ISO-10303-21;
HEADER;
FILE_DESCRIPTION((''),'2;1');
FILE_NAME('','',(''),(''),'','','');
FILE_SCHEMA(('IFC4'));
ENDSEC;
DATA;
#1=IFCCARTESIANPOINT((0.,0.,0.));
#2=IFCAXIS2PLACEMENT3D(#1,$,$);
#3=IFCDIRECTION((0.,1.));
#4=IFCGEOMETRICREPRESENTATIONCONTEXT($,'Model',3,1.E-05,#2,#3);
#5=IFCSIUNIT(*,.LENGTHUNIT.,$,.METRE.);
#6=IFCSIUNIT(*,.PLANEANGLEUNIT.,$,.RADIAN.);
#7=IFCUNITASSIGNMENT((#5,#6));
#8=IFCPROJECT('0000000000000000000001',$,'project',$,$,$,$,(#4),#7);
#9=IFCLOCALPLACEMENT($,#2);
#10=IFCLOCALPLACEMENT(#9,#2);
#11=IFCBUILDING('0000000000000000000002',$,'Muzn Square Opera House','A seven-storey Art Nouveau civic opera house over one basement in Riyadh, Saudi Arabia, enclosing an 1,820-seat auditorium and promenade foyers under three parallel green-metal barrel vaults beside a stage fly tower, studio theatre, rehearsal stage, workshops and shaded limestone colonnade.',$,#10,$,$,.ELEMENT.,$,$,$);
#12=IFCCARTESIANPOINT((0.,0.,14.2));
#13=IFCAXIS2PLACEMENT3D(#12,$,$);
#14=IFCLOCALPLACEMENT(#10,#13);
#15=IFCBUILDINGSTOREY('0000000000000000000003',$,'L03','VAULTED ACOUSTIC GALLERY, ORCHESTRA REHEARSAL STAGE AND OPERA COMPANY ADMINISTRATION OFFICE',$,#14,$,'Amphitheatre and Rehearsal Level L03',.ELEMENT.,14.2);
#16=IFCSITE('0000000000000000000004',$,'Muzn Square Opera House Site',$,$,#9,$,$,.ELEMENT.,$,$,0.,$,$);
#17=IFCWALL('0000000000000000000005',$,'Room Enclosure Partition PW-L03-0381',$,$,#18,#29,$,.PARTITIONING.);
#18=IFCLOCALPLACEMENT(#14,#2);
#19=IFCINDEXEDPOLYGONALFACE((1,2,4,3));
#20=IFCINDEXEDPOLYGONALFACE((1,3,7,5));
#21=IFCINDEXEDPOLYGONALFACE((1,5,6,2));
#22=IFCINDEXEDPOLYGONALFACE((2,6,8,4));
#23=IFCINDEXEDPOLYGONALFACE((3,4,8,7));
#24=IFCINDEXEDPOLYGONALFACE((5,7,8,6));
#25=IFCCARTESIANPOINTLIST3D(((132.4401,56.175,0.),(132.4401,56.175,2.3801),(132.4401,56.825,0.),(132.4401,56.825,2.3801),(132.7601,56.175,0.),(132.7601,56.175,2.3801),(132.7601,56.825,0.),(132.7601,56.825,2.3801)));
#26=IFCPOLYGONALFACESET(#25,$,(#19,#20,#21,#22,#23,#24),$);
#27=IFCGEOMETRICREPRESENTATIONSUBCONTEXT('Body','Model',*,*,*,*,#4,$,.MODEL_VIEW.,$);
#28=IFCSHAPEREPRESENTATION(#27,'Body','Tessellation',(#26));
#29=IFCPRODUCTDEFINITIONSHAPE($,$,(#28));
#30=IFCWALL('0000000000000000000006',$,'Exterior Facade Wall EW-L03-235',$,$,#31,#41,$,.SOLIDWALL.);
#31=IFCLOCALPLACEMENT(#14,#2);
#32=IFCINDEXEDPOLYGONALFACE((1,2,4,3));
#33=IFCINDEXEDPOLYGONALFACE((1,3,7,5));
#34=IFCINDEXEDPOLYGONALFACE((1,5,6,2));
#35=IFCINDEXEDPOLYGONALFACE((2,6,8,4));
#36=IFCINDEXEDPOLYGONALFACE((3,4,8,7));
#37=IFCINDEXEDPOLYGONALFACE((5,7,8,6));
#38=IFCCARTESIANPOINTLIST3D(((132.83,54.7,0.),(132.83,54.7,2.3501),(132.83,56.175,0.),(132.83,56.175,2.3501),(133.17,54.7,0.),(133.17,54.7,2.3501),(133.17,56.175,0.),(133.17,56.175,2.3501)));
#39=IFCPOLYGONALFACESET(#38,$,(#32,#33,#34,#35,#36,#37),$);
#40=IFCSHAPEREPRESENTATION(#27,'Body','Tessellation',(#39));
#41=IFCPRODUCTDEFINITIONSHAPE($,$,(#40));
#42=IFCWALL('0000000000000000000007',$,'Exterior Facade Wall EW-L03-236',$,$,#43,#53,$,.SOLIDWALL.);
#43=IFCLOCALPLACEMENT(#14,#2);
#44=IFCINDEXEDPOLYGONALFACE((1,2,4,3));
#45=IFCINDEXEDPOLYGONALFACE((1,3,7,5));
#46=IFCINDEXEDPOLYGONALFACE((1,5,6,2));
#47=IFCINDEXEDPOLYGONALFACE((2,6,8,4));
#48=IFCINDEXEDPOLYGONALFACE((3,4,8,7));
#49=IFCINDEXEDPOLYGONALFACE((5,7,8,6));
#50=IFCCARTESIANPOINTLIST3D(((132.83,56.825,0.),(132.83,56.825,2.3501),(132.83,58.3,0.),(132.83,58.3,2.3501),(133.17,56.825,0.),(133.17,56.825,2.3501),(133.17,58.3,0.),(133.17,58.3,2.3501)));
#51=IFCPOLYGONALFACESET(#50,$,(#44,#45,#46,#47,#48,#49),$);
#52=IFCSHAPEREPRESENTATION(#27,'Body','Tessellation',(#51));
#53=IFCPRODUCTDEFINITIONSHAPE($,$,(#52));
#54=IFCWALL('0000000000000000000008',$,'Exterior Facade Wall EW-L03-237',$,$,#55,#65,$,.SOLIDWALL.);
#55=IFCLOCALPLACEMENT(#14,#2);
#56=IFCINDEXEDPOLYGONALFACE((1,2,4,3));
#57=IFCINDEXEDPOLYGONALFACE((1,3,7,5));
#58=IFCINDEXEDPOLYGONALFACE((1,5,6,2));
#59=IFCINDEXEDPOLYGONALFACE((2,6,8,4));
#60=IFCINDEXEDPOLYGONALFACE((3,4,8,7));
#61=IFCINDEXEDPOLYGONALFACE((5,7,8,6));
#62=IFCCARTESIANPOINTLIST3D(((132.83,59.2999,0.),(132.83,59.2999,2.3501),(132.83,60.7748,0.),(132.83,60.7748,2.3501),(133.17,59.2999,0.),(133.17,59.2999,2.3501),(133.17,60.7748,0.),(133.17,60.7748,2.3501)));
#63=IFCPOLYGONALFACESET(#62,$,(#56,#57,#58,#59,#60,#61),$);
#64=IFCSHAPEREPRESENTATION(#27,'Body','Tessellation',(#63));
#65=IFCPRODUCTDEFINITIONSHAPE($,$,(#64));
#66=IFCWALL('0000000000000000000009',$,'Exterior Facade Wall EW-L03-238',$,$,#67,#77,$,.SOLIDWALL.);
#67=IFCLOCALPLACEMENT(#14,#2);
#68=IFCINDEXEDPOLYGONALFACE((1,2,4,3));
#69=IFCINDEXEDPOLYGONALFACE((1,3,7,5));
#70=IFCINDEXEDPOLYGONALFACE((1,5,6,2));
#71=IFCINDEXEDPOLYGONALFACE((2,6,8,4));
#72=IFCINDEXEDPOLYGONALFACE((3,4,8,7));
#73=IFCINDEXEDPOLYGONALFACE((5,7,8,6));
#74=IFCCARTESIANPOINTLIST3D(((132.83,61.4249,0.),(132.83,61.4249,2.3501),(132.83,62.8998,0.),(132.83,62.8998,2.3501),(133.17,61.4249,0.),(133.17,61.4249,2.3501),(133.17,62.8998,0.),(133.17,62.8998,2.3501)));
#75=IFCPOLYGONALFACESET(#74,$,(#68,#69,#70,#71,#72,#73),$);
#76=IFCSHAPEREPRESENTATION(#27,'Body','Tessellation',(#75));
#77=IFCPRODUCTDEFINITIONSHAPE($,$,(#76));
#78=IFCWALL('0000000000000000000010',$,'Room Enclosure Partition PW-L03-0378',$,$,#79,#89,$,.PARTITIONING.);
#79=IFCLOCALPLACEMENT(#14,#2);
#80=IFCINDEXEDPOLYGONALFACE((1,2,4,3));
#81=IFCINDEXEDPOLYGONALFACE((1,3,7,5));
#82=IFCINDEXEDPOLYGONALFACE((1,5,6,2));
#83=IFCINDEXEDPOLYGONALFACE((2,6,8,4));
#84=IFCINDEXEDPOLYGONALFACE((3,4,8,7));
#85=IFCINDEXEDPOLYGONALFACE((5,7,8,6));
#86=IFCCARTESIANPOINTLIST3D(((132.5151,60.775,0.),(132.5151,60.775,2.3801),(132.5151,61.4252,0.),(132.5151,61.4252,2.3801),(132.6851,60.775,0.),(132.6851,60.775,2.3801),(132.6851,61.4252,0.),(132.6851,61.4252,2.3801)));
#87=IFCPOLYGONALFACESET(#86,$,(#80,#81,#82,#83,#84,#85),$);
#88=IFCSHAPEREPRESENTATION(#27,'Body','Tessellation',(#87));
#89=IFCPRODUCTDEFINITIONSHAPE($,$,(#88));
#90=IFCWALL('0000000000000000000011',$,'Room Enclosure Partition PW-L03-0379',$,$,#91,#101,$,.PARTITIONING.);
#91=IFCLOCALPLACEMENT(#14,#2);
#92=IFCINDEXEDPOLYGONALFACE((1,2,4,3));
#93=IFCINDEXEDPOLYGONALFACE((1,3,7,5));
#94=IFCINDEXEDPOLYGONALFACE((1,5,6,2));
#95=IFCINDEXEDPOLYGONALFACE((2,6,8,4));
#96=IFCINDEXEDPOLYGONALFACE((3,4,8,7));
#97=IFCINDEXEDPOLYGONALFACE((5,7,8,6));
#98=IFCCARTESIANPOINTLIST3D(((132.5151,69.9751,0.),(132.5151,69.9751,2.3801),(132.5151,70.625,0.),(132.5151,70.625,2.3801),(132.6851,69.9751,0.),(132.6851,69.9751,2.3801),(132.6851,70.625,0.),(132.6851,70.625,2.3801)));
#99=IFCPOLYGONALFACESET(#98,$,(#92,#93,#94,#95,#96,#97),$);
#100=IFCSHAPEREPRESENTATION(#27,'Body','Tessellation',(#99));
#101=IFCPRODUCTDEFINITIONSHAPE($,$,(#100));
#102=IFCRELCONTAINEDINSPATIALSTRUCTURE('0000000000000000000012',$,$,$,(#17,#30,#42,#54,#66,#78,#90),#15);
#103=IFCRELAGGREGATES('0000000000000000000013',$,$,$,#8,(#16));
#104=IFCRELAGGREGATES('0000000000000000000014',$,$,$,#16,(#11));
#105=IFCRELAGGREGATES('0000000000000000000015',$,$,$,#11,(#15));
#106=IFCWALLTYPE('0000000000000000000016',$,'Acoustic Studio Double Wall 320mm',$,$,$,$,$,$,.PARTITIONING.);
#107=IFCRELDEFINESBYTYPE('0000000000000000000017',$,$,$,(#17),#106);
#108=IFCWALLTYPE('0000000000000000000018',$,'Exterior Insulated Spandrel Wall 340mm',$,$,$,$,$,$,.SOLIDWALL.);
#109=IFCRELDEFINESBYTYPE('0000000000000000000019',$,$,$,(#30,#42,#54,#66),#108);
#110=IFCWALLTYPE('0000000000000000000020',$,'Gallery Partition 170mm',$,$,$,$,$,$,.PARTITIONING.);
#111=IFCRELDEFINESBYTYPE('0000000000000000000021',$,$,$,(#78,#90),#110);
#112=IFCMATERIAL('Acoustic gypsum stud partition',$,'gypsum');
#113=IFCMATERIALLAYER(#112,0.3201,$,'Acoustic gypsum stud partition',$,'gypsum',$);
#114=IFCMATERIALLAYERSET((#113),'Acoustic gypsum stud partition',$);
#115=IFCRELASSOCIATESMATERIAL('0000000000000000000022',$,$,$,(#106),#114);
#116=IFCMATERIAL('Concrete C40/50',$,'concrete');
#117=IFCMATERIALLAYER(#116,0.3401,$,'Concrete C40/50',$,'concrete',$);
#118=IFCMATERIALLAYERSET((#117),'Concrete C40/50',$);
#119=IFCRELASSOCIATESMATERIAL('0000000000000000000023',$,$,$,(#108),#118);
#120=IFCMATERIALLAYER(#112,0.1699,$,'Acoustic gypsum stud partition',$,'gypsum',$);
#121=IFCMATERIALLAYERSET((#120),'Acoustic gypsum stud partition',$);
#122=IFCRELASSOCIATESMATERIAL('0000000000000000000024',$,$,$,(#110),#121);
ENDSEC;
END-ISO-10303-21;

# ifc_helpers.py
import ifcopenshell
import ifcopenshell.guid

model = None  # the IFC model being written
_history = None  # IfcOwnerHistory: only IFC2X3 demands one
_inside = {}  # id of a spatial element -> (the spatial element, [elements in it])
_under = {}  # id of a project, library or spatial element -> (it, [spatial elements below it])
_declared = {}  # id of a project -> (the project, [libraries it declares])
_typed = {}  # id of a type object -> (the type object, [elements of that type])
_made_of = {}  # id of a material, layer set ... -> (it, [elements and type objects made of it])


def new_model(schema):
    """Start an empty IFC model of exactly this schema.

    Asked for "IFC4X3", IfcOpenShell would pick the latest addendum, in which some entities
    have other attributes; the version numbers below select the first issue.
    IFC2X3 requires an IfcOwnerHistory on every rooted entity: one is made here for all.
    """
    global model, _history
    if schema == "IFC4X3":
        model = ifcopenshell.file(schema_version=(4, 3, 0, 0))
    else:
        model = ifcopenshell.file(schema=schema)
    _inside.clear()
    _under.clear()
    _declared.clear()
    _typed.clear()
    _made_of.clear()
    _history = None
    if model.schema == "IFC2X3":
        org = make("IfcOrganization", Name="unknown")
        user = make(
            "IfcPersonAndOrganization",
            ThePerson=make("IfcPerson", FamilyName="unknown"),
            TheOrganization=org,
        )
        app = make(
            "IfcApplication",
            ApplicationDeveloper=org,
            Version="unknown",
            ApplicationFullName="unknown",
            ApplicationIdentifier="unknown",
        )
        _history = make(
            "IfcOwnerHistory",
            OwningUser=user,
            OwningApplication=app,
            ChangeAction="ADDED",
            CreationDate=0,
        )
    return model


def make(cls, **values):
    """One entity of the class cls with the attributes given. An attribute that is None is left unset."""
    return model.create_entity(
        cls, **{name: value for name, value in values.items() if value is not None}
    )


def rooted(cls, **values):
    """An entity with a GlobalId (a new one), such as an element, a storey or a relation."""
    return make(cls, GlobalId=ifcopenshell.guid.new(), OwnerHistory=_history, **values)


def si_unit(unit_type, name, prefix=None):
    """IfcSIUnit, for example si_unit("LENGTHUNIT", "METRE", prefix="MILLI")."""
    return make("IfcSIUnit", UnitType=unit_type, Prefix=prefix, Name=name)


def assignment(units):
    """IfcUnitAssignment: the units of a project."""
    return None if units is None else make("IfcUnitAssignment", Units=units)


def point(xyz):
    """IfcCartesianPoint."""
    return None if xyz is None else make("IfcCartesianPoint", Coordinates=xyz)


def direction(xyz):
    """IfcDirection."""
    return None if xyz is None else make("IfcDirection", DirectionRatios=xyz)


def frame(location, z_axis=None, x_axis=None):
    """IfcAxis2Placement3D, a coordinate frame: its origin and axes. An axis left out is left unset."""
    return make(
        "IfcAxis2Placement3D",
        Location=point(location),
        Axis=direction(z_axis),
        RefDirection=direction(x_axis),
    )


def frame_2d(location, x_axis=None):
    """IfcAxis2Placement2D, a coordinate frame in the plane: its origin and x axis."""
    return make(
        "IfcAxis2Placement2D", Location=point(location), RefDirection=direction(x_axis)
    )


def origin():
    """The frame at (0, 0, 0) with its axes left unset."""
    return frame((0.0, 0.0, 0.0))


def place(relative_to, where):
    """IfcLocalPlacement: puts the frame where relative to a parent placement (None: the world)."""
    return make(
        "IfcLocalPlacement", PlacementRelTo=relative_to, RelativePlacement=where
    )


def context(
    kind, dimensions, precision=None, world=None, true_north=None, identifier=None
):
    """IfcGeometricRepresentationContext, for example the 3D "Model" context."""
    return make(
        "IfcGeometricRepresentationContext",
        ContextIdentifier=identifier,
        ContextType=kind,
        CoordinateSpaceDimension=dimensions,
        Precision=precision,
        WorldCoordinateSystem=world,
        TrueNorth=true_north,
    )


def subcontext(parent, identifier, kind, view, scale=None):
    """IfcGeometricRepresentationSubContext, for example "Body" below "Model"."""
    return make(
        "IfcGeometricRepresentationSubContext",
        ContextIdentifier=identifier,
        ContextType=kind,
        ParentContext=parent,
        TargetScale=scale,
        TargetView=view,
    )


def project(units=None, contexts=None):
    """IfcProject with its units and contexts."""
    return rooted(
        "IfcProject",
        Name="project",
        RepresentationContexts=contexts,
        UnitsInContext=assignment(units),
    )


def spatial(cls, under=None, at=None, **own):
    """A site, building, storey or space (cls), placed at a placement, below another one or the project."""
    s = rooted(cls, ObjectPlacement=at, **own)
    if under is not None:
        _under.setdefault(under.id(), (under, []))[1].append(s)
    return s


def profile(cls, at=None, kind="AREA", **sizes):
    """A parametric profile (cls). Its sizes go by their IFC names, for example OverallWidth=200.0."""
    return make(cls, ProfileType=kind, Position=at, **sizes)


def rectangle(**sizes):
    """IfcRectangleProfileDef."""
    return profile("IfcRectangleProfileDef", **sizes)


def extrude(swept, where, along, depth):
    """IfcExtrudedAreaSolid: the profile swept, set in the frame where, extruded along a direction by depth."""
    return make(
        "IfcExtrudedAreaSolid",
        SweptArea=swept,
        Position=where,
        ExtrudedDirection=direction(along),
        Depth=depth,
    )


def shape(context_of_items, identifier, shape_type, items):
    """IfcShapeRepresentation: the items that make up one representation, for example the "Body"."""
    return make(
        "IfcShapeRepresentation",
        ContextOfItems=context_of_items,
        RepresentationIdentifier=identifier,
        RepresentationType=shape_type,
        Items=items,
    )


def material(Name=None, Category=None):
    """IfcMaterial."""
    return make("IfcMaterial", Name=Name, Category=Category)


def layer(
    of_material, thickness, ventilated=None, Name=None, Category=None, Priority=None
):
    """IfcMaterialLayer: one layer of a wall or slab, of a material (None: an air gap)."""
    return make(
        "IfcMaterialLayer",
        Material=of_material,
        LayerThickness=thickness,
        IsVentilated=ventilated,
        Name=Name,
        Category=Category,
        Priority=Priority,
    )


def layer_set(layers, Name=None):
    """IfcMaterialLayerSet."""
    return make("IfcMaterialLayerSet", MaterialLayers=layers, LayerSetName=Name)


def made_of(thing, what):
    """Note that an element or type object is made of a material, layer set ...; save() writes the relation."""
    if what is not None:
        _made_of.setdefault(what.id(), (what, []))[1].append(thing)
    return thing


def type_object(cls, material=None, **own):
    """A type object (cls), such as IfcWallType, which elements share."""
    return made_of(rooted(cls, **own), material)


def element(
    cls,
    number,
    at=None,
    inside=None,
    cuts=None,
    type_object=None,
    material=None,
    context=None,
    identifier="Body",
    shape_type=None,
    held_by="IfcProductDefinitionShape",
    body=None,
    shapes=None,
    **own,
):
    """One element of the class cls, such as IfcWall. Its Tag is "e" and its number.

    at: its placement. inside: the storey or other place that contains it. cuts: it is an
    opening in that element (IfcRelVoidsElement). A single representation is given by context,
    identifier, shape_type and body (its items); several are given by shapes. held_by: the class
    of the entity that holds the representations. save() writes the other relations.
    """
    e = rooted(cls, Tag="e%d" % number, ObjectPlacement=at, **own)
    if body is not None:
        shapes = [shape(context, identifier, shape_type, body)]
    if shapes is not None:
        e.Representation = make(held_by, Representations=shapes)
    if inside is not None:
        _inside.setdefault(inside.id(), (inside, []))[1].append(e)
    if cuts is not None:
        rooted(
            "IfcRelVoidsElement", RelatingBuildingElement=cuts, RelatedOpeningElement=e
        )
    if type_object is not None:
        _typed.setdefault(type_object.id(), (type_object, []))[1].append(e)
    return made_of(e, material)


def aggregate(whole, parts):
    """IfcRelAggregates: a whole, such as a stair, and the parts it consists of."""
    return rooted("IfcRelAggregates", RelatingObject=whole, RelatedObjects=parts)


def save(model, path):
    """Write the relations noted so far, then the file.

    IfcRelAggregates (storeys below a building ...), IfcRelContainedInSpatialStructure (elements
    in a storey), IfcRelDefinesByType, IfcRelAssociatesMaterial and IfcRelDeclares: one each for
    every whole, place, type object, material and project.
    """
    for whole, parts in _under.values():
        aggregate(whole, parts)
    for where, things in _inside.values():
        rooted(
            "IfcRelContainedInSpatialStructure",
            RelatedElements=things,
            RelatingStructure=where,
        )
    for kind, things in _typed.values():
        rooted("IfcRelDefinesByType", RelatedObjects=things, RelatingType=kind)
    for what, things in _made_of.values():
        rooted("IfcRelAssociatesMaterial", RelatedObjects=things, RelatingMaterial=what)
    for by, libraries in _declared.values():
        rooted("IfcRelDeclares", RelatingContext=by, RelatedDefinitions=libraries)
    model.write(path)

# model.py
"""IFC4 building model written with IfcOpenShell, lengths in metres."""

from ifc_helpers import new_model, si_unit, direction, frame, frame_2d, origin, place, context, subcontext, project, spatial, rectangle, extrude, material, layer, layer_set, type_object, element, save


model = new_model("IFC4")

# Units and contexts
model_context = context("Model", 3, precision=1e-05, world=origin(), true_north=direction((0.0, 1.0)))
body_context = subcontext(model_context, "Body", "Model", "MODEL_VIEW")
ifc_project = project(units=[si_unit("LENGTHUNIT", "METRE"), si_unit("PLANEANGLEUNIT", "RADIAN")], contexts=[model_context])

# Site, building, storey
site_placement = place(None, origin())
site = spatial("IfcSite", under=ifc_project, at=site_placement, Name="Muzn Square Opera House Site", CompositionType="ELEMENT", RefElevation=0.0)
building_placement = place(site_placement, origin())
building = spatial("IfcBuilding", under=site, at=building_placement, Name="Muzn Square Opera House", Description="A seven-storey Art Nouveau civic opera house over one basement in Riyadh, Saudi Arabia, enclosing an 1,820-seat auditorium and promenade foyers under three parallel green-metal barrel vaults beside a stage fly tower, studio theatre, rehearsal stage, workshops and shaded limestone colonnade.", CompositionType="ELEMENT")
storey_placement = place(building_placement, frame((0.0, 0.0, 14.2)))
storey = spatial("IfcBuildingStorey", under=building, at=storey_placement, Name="L03", Description="VAULTED ACOUSTIC GALLERY, ORCHESTRA REHEARSAL STAGE AND OPERA COMPANY ADMINISTRATION OFFICE", LongName="Amphitheatre and Rehearsal Level L03", CompositionType="ELEMENT", Elevation=14.2)

# Shared definitions
ifc_material_1 = material(Name="Concrete C40/50", Category="concrete")

# Walls
ifc_material_2 = material(Name="Acoustic gypsum stud partition", Category="gypsum")
ifc_layer_1 = layer(ifc_material_2, 0.3201, Name="Acoustic gypsum stud partition", Category="gypsum")
ifc_layer_set_1 = layer_set([ifc_layer_1], Name="Acoustic gypsum stud partition")
wall_type_1 = type_object("IfcWallType", Name="Acoustic Studio Double Wall 320mm", PredefinedType="PARTITIONING", material=ifc_layer_set_1)
wall_1_placement = place(storey_placement, frame((132.6001, 56.175, 0.0), z_axis=(0.0, 0.0, 1.0), x_axis=(0.0, 1.0, 0.0)))
element("IfcWall", 1, at=wall_1_placement, inside=storey, type_object=wall_type_1, Name="Room Enclosure Partition PW-L03-0381", PredefinedType="PARTITIONING", context=body_context, shape_type="SweptSolid", body=[
    extrude(rectangle(XDim=0.6499, YDim=0.3201, at=frame_2d((0.325, 0.0))), origin(), (0.0, 0.0, 1.0), 2.3801),
])
ifc_layer_2 = layer(ifc_material_1, 0.3401, Name="Concrete C40/50", Category="concrete")
ifc_layer_set_2 = layer_set([ifc_layer_2], Name="Concrete C40/50")
wall_type_2 = type_object("IfcWallType", Name="Exterior Insulated Spandrel Wall 340mm", PredefinedType="SOLIDWALL", material=ifc_layer_set_2)
for number, where, z_axis, x_axis, name in (
    (2, (133.0, 54.7, 0.0), (0.0, 0.0, 1.0), (0.0, 1.0, 0.0), "Exterior Facade Wall EW-L03-235"),
    (3, (133.0, 56.825, 0.0), (0.0, 0.0, 1.0), (0.0, 1.0, 0.0), "Exterior Facade Wall EW-L03-236"),
):
    element("IfcWall", number, at=place(storey_placement, frame(where, z_axis=z_axis, x_axis=x_axis)), inside=storey, type_object=wall_type_2, Name=name, PredefinedType="SOLIDWALL", context=body_context, shape_type="SweptSolid", body=[
        extrude(rectangle(XDim=1.4751, YDim=0.3401, at=frame_2d((0.7375, 0.0))), origin(), (0.0, 0.0, 1.0), 2.3501),
    ])
for number, where, z_axis, x_axis, name in (
    (4, (133.0, 59.3, 0.0), (0.0, 0.0, 1.0), (0.0, 1.0, 0.0), "Exterior Facade Wall EW-L03-237"),
    (5, (133.0, 61.425, 0.0), (0.0, 0.0, 1.0), (0.0, 1.0, 0.0), "Exterior Facade Wall EW-L03-238"),
):
    element("IfcWall", number, at=place(storey_placement, frame(where, z_axis=z_axis, x_axis=x_axis)), inside=storey, type_object=wall_type_2, Name=name, PredefinedType="SOLIDWALL", context=body_context, shape_type="SweptSolid", body=[
        extrude(rectangle(XDim=1.4749, YDim=0.3401, at=frame_2d((0.7373, 0.0))), origin(), (0.0, 0.0, 1.0), 2.3501),
    ])
ifc_layer_3 = layer(ifc_material_2, 0.1699, Name="Acoustic gypsum stud partition", Category="gypsum")
ifc_layer_set_3 = layer_set([ifc_layer_3], Name="Acoustic gypsum stud partition")
wall_type_3 = type_object("IfcWallType", Name="Gallery Partition 170mm", PredefinedType="PARTITIONING", material=ifc_layer_set_3)
wall_2_placement = place(storey_placement, frame((132.6001, 60.7749, 0.0), z_axis=(0.0, 0.0, 1.0), x_axis=(0.0, 1.0, 0.0)))
element("IfcWall", 6, at=wall_2_placement, inside=storey, type_object=wall_type_3, Name="Room Enclosure Partition PW-L03-0378", PredefinedType="PARTITIONING", context=body_context, shape_type="SweptSolid", body=[
    extrude(rectangle(XDim=0.6501, YDim=0.1699, at=frame_2d((0.3252, 0.0))), origin(), (0.0, 0.0, 1.0), 2.3801),
])
wall_3_placement = place(storey_placement, frame((132.6001, 69.9751, 0.0), z_axis=(0.0, 0.0, 1.0), x_axis=(0.0, 1.0, 0.0)))
element("IfcWall", 7, at=wall_3_placement, inside=storey, type_object=wall_type_3, Name="Room Enclosure Partition PW-L03-0379", PredefinedType="PARTITIONING", context=body_context, shape_type="SweptSolid", body=[
    extrude(rectangle(XDim=0.6499, YDim=0.1699, at=frame_2d((0.325, 0.0))), origin(), (0.0, 0.0, 1.0), 2.3801),
])

save(model, "model.ifc")
